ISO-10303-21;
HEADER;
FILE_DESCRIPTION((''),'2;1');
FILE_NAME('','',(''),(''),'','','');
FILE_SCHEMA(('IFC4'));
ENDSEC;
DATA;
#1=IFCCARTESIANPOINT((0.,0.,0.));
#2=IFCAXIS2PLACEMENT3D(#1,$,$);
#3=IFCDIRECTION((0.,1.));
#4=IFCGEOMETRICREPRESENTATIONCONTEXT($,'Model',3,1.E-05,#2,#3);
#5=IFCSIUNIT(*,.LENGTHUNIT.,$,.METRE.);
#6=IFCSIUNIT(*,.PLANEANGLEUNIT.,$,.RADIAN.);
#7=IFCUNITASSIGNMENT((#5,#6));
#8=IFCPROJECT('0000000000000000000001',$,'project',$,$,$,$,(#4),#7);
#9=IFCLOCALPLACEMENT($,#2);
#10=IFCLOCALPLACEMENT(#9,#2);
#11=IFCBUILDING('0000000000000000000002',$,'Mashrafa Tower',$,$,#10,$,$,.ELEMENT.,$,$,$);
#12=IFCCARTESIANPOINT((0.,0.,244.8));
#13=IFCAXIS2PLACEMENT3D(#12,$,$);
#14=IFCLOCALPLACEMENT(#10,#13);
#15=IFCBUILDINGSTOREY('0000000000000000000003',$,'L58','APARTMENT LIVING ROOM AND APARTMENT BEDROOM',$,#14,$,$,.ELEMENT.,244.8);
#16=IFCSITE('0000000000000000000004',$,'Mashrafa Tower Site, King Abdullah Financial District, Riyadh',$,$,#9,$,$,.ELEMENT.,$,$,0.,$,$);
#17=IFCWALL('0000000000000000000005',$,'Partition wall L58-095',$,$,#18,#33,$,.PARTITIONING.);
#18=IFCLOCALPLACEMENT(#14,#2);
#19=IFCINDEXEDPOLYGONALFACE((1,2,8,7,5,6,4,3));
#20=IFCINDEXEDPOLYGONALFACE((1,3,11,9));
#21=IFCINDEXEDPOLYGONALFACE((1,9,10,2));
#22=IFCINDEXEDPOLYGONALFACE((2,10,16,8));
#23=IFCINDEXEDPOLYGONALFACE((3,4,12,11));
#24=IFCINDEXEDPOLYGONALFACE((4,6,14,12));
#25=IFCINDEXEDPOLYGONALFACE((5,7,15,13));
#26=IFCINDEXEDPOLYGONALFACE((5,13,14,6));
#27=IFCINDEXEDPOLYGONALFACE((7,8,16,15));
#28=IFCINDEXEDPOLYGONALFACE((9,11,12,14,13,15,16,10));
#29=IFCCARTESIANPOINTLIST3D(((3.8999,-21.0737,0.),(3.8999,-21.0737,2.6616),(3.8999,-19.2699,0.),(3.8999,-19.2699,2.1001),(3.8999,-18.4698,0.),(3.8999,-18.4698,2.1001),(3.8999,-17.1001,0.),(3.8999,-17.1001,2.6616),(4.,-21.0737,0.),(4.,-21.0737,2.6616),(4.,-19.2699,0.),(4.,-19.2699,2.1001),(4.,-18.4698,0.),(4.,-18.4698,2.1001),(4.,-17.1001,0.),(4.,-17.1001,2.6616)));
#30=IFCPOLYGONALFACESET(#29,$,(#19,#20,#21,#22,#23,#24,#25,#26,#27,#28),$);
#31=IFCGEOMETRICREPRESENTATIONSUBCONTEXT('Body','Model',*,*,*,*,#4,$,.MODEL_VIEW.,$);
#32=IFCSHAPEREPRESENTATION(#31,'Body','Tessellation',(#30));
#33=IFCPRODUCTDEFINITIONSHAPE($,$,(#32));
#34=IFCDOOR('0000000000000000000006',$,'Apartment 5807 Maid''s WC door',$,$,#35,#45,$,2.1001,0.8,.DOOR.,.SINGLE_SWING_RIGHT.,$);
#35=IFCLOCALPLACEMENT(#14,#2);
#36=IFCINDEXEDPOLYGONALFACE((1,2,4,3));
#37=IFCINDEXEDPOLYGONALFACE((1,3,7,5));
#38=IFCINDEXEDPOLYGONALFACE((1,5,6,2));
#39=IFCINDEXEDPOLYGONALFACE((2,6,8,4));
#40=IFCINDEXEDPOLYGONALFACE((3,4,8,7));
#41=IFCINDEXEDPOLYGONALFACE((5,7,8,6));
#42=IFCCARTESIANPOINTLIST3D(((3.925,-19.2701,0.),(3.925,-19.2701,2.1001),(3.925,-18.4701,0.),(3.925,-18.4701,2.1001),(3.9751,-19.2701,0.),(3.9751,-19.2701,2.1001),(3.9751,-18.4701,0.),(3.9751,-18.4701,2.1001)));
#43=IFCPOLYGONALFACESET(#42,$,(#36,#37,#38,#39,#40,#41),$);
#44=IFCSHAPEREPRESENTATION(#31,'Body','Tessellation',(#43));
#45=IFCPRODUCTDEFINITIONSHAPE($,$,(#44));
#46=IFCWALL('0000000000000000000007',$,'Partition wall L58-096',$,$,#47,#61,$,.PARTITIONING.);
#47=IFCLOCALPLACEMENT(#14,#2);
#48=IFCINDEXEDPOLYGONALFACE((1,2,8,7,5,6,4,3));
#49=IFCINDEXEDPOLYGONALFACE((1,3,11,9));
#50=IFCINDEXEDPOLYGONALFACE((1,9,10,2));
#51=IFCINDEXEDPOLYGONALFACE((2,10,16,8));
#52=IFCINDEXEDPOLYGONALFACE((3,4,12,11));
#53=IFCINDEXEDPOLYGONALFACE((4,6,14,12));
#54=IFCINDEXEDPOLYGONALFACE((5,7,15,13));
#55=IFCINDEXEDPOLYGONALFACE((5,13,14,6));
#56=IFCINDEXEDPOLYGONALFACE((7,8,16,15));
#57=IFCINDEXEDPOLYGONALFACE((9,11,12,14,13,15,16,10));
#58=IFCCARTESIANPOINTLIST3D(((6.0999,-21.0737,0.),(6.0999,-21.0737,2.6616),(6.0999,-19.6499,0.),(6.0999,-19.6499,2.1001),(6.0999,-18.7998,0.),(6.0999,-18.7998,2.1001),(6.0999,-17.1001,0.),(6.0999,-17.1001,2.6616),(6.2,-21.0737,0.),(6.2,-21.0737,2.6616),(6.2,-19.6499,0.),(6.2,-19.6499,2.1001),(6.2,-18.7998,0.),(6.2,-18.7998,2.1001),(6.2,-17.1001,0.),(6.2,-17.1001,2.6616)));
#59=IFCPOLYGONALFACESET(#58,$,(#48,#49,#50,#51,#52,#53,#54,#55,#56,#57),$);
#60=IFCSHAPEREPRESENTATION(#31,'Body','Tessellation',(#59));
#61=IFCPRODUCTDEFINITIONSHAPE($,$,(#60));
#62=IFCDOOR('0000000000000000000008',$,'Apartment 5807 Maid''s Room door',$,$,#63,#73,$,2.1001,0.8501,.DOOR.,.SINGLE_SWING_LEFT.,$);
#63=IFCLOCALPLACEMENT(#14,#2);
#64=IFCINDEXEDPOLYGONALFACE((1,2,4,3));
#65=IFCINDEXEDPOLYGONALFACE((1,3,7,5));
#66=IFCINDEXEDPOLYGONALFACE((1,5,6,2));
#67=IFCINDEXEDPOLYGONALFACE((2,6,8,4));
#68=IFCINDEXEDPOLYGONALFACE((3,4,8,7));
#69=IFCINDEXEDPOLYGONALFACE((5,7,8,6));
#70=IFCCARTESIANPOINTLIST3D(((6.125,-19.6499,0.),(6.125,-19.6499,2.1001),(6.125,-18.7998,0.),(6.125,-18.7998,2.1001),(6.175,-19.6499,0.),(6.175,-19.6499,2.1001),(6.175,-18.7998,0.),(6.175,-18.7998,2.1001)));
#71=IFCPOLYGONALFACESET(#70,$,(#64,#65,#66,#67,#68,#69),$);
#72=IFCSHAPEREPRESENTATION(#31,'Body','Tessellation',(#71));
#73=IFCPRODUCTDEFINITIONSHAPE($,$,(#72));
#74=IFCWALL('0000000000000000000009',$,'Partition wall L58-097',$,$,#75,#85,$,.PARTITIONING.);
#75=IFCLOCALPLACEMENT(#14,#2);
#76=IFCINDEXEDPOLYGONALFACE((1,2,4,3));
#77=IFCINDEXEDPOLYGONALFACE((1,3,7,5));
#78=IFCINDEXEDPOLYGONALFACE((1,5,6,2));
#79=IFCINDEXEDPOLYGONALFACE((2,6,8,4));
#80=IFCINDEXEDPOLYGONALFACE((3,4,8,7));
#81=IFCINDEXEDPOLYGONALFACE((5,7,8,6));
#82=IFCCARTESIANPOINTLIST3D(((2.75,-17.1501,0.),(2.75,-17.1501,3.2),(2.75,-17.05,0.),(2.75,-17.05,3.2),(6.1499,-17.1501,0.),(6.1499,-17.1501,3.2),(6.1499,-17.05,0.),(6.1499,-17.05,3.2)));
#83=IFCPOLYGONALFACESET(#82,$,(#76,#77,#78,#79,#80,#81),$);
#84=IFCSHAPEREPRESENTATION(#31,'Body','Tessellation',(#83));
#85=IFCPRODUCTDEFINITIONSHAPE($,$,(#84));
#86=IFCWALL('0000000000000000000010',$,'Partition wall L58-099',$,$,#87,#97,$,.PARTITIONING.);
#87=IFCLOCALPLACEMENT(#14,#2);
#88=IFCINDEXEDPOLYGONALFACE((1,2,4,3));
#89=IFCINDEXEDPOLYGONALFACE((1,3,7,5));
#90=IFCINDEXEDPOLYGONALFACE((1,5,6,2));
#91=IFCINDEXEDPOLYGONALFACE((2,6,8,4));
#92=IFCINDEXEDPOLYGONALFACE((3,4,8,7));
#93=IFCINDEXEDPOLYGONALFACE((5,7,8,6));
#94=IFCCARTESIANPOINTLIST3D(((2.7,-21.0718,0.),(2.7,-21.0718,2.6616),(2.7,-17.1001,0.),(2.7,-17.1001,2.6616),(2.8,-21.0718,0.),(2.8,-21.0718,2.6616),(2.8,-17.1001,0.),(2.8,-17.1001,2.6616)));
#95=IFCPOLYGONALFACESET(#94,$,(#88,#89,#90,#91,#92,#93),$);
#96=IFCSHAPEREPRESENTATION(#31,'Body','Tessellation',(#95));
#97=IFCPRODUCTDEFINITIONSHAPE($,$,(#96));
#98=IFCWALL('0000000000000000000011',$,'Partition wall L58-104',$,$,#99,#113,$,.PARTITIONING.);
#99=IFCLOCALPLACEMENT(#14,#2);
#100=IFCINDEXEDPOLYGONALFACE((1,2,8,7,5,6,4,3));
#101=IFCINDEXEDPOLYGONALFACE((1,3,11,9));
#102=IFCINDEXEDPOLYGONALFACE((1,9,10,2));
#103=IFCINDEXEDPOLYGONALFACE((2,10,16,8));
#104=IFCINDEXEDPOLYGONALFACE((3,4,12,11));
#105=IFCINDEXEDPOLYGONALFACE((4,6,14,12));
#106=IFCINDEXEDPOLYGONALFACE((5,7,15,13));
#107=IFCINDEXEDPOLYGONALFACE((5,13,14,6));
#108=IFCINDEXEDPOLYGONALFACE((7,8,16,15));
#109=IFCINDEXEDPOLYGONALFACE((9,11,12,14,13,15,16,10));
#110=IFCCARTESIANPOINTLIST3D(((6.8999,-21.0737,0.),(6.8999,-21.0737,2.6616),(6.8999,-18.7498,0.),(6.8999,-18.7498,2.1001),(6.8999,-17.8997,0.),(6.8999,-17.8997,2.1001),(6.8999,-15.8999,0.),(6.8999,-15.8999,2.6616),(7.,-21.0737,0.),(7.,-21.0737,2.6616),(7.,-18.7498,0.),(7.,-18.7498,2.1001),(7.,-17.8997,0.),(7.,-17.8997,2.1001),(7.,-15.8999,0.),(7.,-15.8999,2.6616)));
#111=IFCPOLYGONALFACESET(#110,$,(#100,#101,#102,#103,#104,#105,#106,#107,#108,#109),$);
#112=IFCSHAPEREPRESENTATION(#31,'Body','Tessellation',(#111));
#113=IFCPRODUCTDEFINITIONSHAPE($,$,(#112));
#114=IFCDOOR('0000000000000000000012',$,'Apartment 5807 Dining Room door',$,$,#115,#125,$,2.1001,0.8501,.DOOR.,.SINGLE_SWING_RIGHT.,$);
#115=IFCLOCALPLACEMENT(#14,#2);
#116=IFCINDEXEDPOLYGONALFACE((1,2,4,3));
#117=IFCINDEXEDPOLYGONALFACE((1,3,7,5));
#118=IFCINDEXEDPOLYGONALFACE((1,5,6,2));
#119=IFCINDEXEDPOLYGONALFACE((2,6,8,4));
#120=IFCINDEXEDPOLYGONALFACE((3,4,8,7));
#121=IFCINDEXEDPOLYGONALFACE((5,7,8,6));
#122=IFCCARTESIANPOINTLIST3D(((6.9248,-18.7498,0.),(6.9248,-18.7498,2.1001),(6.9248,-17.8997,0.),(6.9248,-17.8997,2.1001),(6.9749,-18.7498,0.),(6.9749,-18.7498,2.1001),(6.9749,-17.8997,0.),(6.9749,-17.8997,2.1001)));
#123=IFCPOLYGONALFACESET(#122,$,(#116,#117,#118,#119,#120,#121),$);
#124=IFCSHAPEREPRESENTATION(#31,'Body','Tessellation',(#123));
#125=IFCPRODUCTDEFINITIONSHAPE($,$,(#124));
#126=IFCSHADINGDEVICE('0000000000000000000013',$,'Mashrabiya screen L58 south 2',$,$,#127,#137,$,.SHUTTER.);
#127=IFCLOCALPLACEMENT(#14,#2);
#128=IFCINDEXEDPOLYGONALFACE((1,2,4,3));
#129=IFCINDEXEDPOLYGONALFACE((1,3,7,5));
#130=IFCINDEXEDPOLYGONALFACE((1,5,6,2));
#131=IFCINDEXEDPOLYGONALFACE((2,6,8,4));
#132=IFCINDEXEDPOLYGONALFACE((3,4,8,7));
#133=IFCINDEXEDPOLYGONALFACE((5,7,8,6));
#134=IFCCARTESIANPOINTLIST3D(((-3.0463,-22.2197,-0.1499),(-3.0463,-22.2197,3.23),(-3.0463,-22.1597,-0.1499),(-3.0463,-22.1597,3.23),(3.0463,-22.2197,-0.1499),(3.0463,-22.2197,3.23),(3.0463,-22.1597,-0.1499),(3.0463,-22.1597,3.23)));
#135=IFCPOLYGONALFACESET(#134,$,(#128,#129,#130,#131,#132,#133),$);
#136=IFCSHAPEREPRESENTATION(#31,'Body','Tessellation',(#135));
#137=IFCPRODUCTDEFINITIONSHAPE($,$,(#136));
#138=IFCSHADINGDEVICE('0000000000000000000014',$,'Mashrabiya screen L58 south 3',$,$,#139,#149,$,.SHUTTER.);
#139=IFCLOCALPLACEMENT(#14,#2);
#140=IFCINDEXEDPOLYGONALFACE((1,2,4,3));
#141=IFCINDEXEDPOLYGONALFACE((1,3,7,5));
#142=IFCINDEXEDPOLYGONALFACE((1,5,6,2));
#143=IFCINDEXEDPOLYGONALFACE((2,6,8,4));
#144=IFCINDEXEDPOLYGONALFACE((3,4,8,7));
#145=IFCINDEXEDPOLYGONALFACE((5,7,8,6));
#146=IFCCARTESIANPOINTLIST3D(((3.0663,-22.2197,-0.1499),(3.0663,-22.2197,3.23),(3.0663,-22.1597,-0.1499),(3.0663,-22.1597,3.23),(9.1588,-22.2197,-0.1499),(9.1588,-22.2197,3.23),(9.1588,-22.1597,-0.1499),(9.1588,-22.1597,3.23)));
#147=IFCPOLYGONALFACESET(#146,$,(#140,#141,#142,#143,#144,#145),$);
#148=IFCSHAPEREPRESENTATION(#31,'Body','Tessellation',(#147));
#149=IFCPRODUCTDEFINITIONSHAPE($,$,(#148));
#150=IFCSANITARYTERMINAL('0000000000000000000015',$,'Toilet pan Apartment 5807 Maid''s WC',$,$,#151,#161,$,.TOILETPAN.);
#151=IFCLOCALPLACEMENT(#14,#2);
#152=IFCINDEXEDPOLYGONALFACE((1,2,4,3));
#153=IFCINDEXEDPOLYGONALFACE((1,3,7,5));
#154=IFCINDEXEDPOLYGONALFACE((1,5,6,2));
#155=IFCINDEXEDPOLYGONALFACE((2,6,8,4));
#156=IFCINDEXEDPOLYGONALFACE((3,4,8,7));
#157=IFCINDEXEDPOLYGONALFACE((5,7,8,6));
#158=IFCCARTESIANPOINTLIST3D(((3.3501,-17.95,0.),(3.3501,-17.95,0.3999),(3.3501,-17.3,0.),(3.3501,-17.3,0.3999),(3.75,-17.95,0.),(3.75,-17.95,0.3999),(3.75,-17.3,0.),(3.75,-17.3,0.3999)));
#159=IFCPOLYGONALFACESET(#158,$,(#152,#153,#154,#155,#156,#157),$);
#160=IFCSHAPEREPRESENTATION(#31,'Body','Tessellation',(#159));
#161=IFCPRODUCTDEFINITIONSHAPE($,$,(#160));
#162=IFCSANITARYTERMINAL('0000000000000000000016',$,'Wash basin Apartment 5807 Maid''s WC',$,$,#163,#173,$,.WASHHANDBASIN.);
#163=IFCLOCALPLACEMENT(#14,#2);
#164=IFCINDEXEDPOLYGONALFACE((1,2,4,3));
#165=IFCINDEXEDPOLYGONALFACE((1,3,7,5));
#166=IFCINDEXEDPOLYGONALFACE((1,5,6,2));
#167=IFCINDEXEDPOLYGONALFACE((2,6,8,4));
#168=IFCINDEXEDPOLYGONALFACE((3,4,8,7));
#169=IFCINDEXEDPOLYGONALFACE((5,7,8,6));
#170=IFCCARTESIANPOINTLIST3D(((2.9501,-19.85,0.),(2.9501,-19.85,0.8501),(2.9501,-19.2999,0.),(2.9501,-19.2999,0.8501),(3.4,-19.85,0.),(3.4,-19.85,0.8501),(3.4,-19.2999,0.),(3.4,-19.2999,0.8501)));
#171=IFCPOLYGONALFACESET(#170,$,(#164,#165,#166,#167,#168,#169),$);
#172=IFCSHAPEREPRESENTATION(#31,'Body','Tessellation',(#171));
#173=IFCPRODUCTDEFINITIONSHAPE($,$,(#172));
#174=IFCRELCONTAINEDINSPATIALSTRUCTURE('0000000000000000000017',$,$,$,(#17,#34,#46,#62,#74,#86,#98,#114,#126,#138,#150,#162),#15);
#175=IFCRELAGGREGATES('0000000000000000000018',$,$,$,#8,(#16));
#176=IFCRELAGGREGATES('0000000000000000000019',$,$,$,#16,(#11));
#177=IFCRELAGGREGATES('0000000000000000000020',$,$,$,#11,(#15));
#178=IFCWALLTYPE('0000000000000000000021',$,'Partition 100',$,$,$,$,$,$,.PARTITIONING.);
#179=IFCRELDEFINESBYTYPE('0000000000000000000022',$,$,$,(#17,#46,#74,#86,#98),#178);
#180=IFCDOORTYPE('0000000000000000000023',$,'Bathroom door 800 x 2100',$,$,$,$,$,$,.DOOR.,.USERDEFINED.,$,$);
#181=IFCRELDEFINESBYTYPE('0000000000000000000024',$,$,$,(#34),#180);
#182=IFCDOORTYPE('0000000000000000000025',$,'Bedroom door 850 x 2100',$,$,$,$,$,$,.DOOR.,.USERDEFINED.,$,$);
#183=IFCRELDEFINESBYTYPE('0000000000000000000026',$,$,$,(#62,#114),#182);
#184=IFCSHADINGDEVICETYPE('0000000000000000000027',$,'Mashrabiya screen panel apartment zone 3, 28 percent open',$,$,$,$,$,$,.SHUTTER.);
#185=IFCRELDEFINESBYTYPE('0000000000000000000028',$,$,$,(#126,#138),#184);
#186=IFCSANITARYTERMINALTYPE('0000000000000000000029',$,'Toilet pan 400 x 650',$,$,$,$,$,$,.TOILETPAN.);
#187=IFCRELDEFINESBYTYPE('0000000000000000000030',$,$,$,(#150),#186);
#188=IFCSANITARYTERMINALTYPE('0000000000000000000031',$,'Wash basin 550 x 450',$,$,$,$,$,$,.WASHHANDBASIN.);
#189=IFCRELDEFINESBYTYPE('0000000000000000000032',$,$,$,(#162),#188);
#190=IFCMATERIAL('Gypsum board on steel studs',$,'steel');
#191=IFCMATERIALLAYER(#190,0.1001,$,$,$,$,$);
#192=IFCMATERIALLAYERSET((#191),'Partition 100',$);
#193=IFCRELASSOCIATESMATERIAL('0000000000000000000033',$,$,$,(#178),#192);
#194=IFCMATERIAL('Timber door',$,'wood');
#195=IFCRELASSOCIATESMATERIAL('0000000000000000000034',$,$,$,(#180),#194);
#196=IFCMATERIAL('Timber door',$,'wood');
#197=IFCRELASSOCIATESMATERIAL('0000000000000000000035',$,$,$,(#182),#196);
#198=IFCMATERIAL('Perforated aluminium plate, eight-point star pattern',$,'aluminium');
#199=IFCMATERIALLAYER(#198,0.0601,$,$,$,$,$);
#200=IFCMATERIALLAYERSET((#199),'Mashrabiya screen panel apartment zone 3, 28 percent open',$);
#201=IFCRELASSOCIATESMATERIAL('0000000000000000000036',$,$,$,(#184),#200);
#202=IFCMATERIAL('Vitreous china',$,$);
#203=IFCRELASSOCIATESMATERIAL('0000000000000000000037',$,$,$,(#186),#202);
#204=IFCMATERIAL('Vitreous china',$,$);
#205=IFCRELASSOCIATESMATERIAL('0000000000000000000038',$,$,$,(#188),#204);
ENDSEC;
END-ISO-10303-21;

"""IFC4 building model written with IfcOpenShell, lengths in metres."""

from ifc_helpers import new_model, si_unit, direction, frame, frame_2d, origin, origin_2d, place, context, subcontext, project, spatial, rectangle, extrude, source, transform, mapped, material, layer, layer_set, type_object, type_shapes, element, fill, save


model = new_model("IFC4")

# Units and contexts
model_context = context("Model", 3, precision=1e-05, world=origin(), true_north=direction((0.0, 1.0)))
body_context = subcontext(model_context, "Body", "Model", "MODEL_VIEW")
ifc_project = project(units=[si_unit("LENGTHUNIT", "METRE"), si_unit("PLANEANGLEUNIT", "RADIAN")], contexts=[model_context])

# Site, building, storey
site_placement = place(None, origin())
site = spatial("IfcSite", under=ifc_project, at=site_placement, Name="Mashrafa Tower Site, King Abdullah Financial District, Riyadh", CompositionType="ELEMENT", RefElevation=0.0)
building_placement = place(site_placement, origin())
building = spatial("IfcBuilding", under=site, at=building_placement, Name="Mashrafa Tower", CompositionType="ELEMENT")
storey_placement = place(building_placement, frame((0.0, 0.0, 244.8)))
storey = spatial("IfcBuildingStorey", under=building, at=storey_placement, Name="L58", Description="APARTMENT LIVING ROOM AND APARTMENT BEDROOM", CompositionType="ELEMENT", Elevation=244.8)

# Shared definitions
ifc_material_1 = material(Name="Gypsum board on steel studs", Category="steel")
ifc_layer_1 = layer(ifc_material_1, 0.1001)
ifc_layer_set_1 = layer_set([ifc_layer_1], Name="Partition 100")
wall_type = type_object("IfcWallType", Name="Partition 100", PredefinedType="PARTITIONING", material=ifc_layer_set_1)

# Walls, openings, doors
wall_1_placement = place(storey_placement, frame((3.95, -17.1001, 0.0), z_axis=(0.0, 0.0, 1.0), x_axis=(0.0, -1.0, 0.0)))
wall_1 = element("IfcWall", 1, at=wall_1_placement, inside=storey, type_object=wall_type, Name="Partition wall L58-095", PredefinedType="PARTITIONING", context=body_context, shape_type="SweptSolid", body=[
    extrude(rectangle(XDim=3.9736, YDim=0.1001, at=frame_2d((1.9868, 0.0))), origin(), (0.0, 0.0, 1.0), 2.6616),
])
opening_1_placement = place(wall_1_placement, frame((1.3699, 0.0, 0.0)))
opening_1 = element("IfcOpeningElement", 2, at=opening_1_placement, cuts=wall_1, PredefinedType="OPENING", context=body_context, shape_type="SweptSolid", body=[
    extrude(rectangle(XDim=0.8, YDim=2.1001, at=frame_2d((0.3999, 1.05))), frame((0.0, 0.0601, 0.0), z_axis=(0.0, -1.0, 0.0), x_axis=(1.0, 0.0, 0.0)), (0.0, 0.0, 1.0), 0.1201),
])
ifc_material_2 = material(Name="Timber door", Category="wood")
door_type_1 = type_object("IfcDoorType", Name="Bathroom door 800 x 2100", OperationType="USERDEFINED", PredefinedType="DOOR", material=ifc_material_2)
door_1_placement = place(opening_1_placement, frame((0.8, 0.0, 0.0), z_axis=(0.0, 0.0, 1.0), x_axis=(-1.0, 0.0, 0.0)))
door_1 = element("IfcDoor", 3, at=door_1_placement, inside=storey, type_object=door_type_1, Name="Apartment 5807 Maid's WC door", OperationType="SINGLE_SWING_RIGHT", OverallHeight=2.1001, OverallWidth=0.8, PredefinedType="DOOR", context=body_context, shape_type="SweptSolid", body=[
    extrude(rectangle(XDim=0.8, YDim=2.1001, at=frame_2d((0.3999, 1.05))), frame((0.0, 0.0249, 0.0), z_axis=(0.0, -1.0, 0.0), x_axis=(1.0, 0.0, 0.0)), (0.0, 0.0, 1.0), 0.05),
])
fill(opening_1, door_1)
wall_2_placement = place(storey_placement, frame((6.1499, -21.0737, 0.0), z_axis=(0.0, 0.0, 1.0), x_axis=(0.0, 1.0, 0.0)))
wall_2 = element("IfcWall", 4, at=wall_2_placement, inside=storey, type_object=wall_type, Name="Partition wall L58-096", PredefinedType="PARTITIONING", context=body_context, shape_type="SweptSolid", body=[
    extrude(rectangle(XDim=3.9736, YDim=0.1001, at=frame_2d((1.9868, 0.0))), origin(), (0.0, 0.0, 1.0), 2.6616),
])
opening_2_placement = place(wall_2_placement, frame((1.4238, 0.0, 0.0)))
opening_2 = element("IfcOpeningElement", 5, at=opening_2_placement, cuts=wall_2, PredefinedType="OPENING", context=body_context, shape_type="SweptSolid", body=[
    extrude(rectangle(XDim=0.8501, YDim=2.1001, at=frame_2d((0.425, 1.05))), frame((0.0, 0.0601, 0.0), z_axis=(0.0, -1.0, 0.0), x_axis=(1.0, 0.0, 0.0)), (0.0, 0.0, 1.0), 0.1201),
])
ifc_material_3 = material(Name="Timber door", Category="wood")
door_type_2 = type_object("IfcDoorType", Name="Bedroom door 850 x 2100", OperationType="USERDEFINED", PredefinedType="DOOR", material=ifc_material_3)
door_2_placement = place(opening_2_placement, origin())
door_2 = element("IfcDoor", 6, at=door_2_placement, inside=storey, type_object=door_type_2, Name="Apartment 5807 Maid's Room door", OperationType="SINGLE_SWING_LEFT", OverallHeight=2.1001, OverallWidth=0.8501, PredefinedType="DOOR", context=body_context, shape_type="SweptSolid", body=[
    extrude(rectangle(XDim=0.8501, YDim=2.1001, at=frame_2d((0.425, 1.05))), frame((0.0, 0.0249, 0.0), z_axis=(0.0, -1.0, 0.0), x_axis=(1.0, 0.0, 0.0)), (0.0, 0.0, 1.0), 0.05),
])
fill(opening_2, door_2)

# Walls
wall_3_placement = place(storey_placement, frame((6.1499, -17.1001, 0.0), z_axis=(0.0, 0.0, 1.0), x_axis=(-1.0, 0.0, 0.0)))
element("IfcWall", 7, at=wall_3_placement, inside=storey, type_object=wall_type, Name="Partition wall L58-097", PredefinedType="PARTITIONING", context=body_context, shape_type="SweptSolid", body=[
    extrude(rectangle(XDim=3.3999, YDim=0.1001, at=frame_2d((1.7, 0.0))), origin(), (0.0, 0.0, 1.0), 3.2),
])
wall_4_placement = place(storey_placement, frame((2.75, -17.1001, 0.0), z_axis=(0.0, 0.0, 1.0), x_axis=(0.0, -1.0, 0.0)))
element("IfcWall", 8, at=wall_4_placement, inside=storey, type_object=wall_type, Name="Partition wall L58-099", PredefinedType="PARTITIONING", context=body_context, shape_type="SweptSolid", body=[
    extrude(rectangle(XDim=3.9717, YDim=0.1001, at=frame_2d((1.9858, 0.0))), origin(), (0.0, 0.0, 1.0), 2.6616),
])

# Wall, opening, door
wall_5_placement = place(storey_placement, frame((6.95, -21.0737, 0.0), z_axis=(0.0, 0.0, 1.0), x_axis=(0.0, 1.0, 0.0)))
wall_5 = element("IfcWall", 9, at=wall_5_placement, inside=storey, type_object=wall_type, Name="Partition wall L58-104", PredefinedType="PARTITIONING", context=body_context, shape_type="SweptSolid", body=[
    extrude(rectangle(XDim=5.1738, YDim=0.1001, at=frame_2d((2.5869, 0.0))), origin(), (0.0, 0.0, 1.0), 2.6616),
])
opening_3_placement = place(wall_5_placement, frame((2.324, 0.0, 0.0)))
opening_3 = element("IfcOpeningElement", 10, at=opening_3_placement, cuts=wall_5, PredefinedType="OPENING", context=body_context, shape_type="SweptSolid", body=[
    extrude(rectangle(XDim=0.8501, YDim=2.1001, at=frame_2d((0.425, 1.05))), frame((0.0, 0.0601, 0.0), z_axis=(0.0, -1.0, 0.0), x_axis=(1.0, 0.0, 0.0)), (0.0, 0.0, 1.0), 0.1201),
])
door_3_placement = place(opening_3_placement, frame((0.8501, 0.0, 0.0), z_axis=(0.0, 0.0, 1.0), x_axis=(-1.0, 0.0, 0.0)))
door_3 = element("IfcDoor", 11, at=door_3_placement, inside=storey, type_object=door_type_2, Name="Apartment 5807 Dining Room door", OperationType="SINGLE_SWING_RIGHT", OverallHeight=2.1001, OverallWidth=0.8501, PredefinedType="DOOR", context=body_context, shape_type="SweptSolid", body=[
    extrude(rectangle(XDim=0.8501, YDim=2.1001, at=frame_2d((0.425, 1.05))), frame((0.0, 0.0249, 0.0), z_axis=(0.0, -1.0, 0.0), x_axis=(1.0, 0.0, 0.0)), (0.0, 0.0, 1.0), 0.05),
])
fill(opening_3, door_3)

# Shading devices
ifc_material_4 = material(Name="Perforated aluminium plate, eight-point star pattern", Category="aluminium")
ifc_layer_2 = layer(ifc_material_4, 0.0601)
ifc_layer_set_2 = layer_set([ifc_layer_2], Name="Mashrabiya screen panel apartment zone 3, 28 percent open")
shading_device_type = type_object("IfcShadingDeviceType", Name="Mashrabiya screen panel apartment zone 3, 28 percent open", PredefinedType="SHUTTER", material=ifc_layer_set_2)
shared_shape_1 = source(origin(), body_context, "Body", "SweptSolid", [
    extrude(rectangle(XDim=6.0925, YDim=0.0601, at=origin_2d()), origin(), (0.0, 0.0, 1.0), 3.3799),
])
type_shapes(shading_device_type, [shared_shape_1])
for number, where, z_axis, x_axis, name in (
    (12, (0.0, -22.1897, -0.1499), (0.0, 0.0, 1.0), (1.0, 0.0, 0.0), "Mashrabiya screen L58 south 2"),
    (13, (6.1125, -22.1897, -0.1499), (0.0, 0.0, 1.0), (1.0, 0.0, 0.0), "Mashrabiya screen L58 south 3"),
):
    element("IfcShadingDevice", number, at=place(storey_placement, frame(where, z_axis=z_axis, x_axis=x_axis)), inside=storey, type_object=shading_device_type, Name=name, PredefinedType="SHUTTER", context=body_context, shape_type="MappedRepresentation", body=[
        mapped(shared_shape_1, transform((0.0, 0.0, 0.0))),
    ])

# Sanitary terminals
ifc_material_5 = material(Name="Vitreous china")
sanitary_terminal_type_1 = type_object("IfcSanitaryTerminalType", Name="Toilet pan 400 x 650", PredefinedType="TOILETPAN", material=ifc_material_5)
sanitary_terminal_1_placement = place(storey_placement, frame((3.55, -17.625, 0.0), z_axis=(0.0, 0.0, 1.0), x_axis=(-1.0, 0.0, 0.0)))
element("IfcSanitaryTerminal", 14, at=sanitary_terminal_1_placement, inside=storey, type_object=sanitary_terminal_type_1, Name="Toilet pan Apartment 5807 Maid's WC", PredefinedType="TOILETPAN", context=body_context, shape_type="SweptSolid", body=[
    extrude(rectangle(XDim=0.3999, YDim=0.6499, at=origin_2d()), origin(), (0.0, 0.0, 1.0), 0.3999),
])
ifc_material_6 = material(Name="Vitreous china")
sanitary_terminal_type_2 = type_object("IfcSanitaryTerminalType", Name="Wash basin 550 x 450", PredefinedType="WASHHANDBASIN", material=ifc_material_6)
sanitary_terminal_2_placement = place(storey_placement, frame((3.175, -19.575, 0.0), z_axis=(0.0, 0.0, 1.0), x_axis=(0.0, -1.0, 0.0)))
element("IfcSanitaryTerminal", 15, at=sanitary_terminal_2_placement, inside=storey, type_object=sanitary_terminal_type_2, Name="Wash basin Apartment 5807 Maid's WC", PredefinedType="WASHHANDBASIN", context=body_context, shape_type="SweptSolid", body=[
    extrude(rectangle(XDim=0.55, YDim=0.45, at=origin_2d()), origin(), (0.0, 0.0, 1.0), 0.8501),
])

save(model, "model.ifc")
